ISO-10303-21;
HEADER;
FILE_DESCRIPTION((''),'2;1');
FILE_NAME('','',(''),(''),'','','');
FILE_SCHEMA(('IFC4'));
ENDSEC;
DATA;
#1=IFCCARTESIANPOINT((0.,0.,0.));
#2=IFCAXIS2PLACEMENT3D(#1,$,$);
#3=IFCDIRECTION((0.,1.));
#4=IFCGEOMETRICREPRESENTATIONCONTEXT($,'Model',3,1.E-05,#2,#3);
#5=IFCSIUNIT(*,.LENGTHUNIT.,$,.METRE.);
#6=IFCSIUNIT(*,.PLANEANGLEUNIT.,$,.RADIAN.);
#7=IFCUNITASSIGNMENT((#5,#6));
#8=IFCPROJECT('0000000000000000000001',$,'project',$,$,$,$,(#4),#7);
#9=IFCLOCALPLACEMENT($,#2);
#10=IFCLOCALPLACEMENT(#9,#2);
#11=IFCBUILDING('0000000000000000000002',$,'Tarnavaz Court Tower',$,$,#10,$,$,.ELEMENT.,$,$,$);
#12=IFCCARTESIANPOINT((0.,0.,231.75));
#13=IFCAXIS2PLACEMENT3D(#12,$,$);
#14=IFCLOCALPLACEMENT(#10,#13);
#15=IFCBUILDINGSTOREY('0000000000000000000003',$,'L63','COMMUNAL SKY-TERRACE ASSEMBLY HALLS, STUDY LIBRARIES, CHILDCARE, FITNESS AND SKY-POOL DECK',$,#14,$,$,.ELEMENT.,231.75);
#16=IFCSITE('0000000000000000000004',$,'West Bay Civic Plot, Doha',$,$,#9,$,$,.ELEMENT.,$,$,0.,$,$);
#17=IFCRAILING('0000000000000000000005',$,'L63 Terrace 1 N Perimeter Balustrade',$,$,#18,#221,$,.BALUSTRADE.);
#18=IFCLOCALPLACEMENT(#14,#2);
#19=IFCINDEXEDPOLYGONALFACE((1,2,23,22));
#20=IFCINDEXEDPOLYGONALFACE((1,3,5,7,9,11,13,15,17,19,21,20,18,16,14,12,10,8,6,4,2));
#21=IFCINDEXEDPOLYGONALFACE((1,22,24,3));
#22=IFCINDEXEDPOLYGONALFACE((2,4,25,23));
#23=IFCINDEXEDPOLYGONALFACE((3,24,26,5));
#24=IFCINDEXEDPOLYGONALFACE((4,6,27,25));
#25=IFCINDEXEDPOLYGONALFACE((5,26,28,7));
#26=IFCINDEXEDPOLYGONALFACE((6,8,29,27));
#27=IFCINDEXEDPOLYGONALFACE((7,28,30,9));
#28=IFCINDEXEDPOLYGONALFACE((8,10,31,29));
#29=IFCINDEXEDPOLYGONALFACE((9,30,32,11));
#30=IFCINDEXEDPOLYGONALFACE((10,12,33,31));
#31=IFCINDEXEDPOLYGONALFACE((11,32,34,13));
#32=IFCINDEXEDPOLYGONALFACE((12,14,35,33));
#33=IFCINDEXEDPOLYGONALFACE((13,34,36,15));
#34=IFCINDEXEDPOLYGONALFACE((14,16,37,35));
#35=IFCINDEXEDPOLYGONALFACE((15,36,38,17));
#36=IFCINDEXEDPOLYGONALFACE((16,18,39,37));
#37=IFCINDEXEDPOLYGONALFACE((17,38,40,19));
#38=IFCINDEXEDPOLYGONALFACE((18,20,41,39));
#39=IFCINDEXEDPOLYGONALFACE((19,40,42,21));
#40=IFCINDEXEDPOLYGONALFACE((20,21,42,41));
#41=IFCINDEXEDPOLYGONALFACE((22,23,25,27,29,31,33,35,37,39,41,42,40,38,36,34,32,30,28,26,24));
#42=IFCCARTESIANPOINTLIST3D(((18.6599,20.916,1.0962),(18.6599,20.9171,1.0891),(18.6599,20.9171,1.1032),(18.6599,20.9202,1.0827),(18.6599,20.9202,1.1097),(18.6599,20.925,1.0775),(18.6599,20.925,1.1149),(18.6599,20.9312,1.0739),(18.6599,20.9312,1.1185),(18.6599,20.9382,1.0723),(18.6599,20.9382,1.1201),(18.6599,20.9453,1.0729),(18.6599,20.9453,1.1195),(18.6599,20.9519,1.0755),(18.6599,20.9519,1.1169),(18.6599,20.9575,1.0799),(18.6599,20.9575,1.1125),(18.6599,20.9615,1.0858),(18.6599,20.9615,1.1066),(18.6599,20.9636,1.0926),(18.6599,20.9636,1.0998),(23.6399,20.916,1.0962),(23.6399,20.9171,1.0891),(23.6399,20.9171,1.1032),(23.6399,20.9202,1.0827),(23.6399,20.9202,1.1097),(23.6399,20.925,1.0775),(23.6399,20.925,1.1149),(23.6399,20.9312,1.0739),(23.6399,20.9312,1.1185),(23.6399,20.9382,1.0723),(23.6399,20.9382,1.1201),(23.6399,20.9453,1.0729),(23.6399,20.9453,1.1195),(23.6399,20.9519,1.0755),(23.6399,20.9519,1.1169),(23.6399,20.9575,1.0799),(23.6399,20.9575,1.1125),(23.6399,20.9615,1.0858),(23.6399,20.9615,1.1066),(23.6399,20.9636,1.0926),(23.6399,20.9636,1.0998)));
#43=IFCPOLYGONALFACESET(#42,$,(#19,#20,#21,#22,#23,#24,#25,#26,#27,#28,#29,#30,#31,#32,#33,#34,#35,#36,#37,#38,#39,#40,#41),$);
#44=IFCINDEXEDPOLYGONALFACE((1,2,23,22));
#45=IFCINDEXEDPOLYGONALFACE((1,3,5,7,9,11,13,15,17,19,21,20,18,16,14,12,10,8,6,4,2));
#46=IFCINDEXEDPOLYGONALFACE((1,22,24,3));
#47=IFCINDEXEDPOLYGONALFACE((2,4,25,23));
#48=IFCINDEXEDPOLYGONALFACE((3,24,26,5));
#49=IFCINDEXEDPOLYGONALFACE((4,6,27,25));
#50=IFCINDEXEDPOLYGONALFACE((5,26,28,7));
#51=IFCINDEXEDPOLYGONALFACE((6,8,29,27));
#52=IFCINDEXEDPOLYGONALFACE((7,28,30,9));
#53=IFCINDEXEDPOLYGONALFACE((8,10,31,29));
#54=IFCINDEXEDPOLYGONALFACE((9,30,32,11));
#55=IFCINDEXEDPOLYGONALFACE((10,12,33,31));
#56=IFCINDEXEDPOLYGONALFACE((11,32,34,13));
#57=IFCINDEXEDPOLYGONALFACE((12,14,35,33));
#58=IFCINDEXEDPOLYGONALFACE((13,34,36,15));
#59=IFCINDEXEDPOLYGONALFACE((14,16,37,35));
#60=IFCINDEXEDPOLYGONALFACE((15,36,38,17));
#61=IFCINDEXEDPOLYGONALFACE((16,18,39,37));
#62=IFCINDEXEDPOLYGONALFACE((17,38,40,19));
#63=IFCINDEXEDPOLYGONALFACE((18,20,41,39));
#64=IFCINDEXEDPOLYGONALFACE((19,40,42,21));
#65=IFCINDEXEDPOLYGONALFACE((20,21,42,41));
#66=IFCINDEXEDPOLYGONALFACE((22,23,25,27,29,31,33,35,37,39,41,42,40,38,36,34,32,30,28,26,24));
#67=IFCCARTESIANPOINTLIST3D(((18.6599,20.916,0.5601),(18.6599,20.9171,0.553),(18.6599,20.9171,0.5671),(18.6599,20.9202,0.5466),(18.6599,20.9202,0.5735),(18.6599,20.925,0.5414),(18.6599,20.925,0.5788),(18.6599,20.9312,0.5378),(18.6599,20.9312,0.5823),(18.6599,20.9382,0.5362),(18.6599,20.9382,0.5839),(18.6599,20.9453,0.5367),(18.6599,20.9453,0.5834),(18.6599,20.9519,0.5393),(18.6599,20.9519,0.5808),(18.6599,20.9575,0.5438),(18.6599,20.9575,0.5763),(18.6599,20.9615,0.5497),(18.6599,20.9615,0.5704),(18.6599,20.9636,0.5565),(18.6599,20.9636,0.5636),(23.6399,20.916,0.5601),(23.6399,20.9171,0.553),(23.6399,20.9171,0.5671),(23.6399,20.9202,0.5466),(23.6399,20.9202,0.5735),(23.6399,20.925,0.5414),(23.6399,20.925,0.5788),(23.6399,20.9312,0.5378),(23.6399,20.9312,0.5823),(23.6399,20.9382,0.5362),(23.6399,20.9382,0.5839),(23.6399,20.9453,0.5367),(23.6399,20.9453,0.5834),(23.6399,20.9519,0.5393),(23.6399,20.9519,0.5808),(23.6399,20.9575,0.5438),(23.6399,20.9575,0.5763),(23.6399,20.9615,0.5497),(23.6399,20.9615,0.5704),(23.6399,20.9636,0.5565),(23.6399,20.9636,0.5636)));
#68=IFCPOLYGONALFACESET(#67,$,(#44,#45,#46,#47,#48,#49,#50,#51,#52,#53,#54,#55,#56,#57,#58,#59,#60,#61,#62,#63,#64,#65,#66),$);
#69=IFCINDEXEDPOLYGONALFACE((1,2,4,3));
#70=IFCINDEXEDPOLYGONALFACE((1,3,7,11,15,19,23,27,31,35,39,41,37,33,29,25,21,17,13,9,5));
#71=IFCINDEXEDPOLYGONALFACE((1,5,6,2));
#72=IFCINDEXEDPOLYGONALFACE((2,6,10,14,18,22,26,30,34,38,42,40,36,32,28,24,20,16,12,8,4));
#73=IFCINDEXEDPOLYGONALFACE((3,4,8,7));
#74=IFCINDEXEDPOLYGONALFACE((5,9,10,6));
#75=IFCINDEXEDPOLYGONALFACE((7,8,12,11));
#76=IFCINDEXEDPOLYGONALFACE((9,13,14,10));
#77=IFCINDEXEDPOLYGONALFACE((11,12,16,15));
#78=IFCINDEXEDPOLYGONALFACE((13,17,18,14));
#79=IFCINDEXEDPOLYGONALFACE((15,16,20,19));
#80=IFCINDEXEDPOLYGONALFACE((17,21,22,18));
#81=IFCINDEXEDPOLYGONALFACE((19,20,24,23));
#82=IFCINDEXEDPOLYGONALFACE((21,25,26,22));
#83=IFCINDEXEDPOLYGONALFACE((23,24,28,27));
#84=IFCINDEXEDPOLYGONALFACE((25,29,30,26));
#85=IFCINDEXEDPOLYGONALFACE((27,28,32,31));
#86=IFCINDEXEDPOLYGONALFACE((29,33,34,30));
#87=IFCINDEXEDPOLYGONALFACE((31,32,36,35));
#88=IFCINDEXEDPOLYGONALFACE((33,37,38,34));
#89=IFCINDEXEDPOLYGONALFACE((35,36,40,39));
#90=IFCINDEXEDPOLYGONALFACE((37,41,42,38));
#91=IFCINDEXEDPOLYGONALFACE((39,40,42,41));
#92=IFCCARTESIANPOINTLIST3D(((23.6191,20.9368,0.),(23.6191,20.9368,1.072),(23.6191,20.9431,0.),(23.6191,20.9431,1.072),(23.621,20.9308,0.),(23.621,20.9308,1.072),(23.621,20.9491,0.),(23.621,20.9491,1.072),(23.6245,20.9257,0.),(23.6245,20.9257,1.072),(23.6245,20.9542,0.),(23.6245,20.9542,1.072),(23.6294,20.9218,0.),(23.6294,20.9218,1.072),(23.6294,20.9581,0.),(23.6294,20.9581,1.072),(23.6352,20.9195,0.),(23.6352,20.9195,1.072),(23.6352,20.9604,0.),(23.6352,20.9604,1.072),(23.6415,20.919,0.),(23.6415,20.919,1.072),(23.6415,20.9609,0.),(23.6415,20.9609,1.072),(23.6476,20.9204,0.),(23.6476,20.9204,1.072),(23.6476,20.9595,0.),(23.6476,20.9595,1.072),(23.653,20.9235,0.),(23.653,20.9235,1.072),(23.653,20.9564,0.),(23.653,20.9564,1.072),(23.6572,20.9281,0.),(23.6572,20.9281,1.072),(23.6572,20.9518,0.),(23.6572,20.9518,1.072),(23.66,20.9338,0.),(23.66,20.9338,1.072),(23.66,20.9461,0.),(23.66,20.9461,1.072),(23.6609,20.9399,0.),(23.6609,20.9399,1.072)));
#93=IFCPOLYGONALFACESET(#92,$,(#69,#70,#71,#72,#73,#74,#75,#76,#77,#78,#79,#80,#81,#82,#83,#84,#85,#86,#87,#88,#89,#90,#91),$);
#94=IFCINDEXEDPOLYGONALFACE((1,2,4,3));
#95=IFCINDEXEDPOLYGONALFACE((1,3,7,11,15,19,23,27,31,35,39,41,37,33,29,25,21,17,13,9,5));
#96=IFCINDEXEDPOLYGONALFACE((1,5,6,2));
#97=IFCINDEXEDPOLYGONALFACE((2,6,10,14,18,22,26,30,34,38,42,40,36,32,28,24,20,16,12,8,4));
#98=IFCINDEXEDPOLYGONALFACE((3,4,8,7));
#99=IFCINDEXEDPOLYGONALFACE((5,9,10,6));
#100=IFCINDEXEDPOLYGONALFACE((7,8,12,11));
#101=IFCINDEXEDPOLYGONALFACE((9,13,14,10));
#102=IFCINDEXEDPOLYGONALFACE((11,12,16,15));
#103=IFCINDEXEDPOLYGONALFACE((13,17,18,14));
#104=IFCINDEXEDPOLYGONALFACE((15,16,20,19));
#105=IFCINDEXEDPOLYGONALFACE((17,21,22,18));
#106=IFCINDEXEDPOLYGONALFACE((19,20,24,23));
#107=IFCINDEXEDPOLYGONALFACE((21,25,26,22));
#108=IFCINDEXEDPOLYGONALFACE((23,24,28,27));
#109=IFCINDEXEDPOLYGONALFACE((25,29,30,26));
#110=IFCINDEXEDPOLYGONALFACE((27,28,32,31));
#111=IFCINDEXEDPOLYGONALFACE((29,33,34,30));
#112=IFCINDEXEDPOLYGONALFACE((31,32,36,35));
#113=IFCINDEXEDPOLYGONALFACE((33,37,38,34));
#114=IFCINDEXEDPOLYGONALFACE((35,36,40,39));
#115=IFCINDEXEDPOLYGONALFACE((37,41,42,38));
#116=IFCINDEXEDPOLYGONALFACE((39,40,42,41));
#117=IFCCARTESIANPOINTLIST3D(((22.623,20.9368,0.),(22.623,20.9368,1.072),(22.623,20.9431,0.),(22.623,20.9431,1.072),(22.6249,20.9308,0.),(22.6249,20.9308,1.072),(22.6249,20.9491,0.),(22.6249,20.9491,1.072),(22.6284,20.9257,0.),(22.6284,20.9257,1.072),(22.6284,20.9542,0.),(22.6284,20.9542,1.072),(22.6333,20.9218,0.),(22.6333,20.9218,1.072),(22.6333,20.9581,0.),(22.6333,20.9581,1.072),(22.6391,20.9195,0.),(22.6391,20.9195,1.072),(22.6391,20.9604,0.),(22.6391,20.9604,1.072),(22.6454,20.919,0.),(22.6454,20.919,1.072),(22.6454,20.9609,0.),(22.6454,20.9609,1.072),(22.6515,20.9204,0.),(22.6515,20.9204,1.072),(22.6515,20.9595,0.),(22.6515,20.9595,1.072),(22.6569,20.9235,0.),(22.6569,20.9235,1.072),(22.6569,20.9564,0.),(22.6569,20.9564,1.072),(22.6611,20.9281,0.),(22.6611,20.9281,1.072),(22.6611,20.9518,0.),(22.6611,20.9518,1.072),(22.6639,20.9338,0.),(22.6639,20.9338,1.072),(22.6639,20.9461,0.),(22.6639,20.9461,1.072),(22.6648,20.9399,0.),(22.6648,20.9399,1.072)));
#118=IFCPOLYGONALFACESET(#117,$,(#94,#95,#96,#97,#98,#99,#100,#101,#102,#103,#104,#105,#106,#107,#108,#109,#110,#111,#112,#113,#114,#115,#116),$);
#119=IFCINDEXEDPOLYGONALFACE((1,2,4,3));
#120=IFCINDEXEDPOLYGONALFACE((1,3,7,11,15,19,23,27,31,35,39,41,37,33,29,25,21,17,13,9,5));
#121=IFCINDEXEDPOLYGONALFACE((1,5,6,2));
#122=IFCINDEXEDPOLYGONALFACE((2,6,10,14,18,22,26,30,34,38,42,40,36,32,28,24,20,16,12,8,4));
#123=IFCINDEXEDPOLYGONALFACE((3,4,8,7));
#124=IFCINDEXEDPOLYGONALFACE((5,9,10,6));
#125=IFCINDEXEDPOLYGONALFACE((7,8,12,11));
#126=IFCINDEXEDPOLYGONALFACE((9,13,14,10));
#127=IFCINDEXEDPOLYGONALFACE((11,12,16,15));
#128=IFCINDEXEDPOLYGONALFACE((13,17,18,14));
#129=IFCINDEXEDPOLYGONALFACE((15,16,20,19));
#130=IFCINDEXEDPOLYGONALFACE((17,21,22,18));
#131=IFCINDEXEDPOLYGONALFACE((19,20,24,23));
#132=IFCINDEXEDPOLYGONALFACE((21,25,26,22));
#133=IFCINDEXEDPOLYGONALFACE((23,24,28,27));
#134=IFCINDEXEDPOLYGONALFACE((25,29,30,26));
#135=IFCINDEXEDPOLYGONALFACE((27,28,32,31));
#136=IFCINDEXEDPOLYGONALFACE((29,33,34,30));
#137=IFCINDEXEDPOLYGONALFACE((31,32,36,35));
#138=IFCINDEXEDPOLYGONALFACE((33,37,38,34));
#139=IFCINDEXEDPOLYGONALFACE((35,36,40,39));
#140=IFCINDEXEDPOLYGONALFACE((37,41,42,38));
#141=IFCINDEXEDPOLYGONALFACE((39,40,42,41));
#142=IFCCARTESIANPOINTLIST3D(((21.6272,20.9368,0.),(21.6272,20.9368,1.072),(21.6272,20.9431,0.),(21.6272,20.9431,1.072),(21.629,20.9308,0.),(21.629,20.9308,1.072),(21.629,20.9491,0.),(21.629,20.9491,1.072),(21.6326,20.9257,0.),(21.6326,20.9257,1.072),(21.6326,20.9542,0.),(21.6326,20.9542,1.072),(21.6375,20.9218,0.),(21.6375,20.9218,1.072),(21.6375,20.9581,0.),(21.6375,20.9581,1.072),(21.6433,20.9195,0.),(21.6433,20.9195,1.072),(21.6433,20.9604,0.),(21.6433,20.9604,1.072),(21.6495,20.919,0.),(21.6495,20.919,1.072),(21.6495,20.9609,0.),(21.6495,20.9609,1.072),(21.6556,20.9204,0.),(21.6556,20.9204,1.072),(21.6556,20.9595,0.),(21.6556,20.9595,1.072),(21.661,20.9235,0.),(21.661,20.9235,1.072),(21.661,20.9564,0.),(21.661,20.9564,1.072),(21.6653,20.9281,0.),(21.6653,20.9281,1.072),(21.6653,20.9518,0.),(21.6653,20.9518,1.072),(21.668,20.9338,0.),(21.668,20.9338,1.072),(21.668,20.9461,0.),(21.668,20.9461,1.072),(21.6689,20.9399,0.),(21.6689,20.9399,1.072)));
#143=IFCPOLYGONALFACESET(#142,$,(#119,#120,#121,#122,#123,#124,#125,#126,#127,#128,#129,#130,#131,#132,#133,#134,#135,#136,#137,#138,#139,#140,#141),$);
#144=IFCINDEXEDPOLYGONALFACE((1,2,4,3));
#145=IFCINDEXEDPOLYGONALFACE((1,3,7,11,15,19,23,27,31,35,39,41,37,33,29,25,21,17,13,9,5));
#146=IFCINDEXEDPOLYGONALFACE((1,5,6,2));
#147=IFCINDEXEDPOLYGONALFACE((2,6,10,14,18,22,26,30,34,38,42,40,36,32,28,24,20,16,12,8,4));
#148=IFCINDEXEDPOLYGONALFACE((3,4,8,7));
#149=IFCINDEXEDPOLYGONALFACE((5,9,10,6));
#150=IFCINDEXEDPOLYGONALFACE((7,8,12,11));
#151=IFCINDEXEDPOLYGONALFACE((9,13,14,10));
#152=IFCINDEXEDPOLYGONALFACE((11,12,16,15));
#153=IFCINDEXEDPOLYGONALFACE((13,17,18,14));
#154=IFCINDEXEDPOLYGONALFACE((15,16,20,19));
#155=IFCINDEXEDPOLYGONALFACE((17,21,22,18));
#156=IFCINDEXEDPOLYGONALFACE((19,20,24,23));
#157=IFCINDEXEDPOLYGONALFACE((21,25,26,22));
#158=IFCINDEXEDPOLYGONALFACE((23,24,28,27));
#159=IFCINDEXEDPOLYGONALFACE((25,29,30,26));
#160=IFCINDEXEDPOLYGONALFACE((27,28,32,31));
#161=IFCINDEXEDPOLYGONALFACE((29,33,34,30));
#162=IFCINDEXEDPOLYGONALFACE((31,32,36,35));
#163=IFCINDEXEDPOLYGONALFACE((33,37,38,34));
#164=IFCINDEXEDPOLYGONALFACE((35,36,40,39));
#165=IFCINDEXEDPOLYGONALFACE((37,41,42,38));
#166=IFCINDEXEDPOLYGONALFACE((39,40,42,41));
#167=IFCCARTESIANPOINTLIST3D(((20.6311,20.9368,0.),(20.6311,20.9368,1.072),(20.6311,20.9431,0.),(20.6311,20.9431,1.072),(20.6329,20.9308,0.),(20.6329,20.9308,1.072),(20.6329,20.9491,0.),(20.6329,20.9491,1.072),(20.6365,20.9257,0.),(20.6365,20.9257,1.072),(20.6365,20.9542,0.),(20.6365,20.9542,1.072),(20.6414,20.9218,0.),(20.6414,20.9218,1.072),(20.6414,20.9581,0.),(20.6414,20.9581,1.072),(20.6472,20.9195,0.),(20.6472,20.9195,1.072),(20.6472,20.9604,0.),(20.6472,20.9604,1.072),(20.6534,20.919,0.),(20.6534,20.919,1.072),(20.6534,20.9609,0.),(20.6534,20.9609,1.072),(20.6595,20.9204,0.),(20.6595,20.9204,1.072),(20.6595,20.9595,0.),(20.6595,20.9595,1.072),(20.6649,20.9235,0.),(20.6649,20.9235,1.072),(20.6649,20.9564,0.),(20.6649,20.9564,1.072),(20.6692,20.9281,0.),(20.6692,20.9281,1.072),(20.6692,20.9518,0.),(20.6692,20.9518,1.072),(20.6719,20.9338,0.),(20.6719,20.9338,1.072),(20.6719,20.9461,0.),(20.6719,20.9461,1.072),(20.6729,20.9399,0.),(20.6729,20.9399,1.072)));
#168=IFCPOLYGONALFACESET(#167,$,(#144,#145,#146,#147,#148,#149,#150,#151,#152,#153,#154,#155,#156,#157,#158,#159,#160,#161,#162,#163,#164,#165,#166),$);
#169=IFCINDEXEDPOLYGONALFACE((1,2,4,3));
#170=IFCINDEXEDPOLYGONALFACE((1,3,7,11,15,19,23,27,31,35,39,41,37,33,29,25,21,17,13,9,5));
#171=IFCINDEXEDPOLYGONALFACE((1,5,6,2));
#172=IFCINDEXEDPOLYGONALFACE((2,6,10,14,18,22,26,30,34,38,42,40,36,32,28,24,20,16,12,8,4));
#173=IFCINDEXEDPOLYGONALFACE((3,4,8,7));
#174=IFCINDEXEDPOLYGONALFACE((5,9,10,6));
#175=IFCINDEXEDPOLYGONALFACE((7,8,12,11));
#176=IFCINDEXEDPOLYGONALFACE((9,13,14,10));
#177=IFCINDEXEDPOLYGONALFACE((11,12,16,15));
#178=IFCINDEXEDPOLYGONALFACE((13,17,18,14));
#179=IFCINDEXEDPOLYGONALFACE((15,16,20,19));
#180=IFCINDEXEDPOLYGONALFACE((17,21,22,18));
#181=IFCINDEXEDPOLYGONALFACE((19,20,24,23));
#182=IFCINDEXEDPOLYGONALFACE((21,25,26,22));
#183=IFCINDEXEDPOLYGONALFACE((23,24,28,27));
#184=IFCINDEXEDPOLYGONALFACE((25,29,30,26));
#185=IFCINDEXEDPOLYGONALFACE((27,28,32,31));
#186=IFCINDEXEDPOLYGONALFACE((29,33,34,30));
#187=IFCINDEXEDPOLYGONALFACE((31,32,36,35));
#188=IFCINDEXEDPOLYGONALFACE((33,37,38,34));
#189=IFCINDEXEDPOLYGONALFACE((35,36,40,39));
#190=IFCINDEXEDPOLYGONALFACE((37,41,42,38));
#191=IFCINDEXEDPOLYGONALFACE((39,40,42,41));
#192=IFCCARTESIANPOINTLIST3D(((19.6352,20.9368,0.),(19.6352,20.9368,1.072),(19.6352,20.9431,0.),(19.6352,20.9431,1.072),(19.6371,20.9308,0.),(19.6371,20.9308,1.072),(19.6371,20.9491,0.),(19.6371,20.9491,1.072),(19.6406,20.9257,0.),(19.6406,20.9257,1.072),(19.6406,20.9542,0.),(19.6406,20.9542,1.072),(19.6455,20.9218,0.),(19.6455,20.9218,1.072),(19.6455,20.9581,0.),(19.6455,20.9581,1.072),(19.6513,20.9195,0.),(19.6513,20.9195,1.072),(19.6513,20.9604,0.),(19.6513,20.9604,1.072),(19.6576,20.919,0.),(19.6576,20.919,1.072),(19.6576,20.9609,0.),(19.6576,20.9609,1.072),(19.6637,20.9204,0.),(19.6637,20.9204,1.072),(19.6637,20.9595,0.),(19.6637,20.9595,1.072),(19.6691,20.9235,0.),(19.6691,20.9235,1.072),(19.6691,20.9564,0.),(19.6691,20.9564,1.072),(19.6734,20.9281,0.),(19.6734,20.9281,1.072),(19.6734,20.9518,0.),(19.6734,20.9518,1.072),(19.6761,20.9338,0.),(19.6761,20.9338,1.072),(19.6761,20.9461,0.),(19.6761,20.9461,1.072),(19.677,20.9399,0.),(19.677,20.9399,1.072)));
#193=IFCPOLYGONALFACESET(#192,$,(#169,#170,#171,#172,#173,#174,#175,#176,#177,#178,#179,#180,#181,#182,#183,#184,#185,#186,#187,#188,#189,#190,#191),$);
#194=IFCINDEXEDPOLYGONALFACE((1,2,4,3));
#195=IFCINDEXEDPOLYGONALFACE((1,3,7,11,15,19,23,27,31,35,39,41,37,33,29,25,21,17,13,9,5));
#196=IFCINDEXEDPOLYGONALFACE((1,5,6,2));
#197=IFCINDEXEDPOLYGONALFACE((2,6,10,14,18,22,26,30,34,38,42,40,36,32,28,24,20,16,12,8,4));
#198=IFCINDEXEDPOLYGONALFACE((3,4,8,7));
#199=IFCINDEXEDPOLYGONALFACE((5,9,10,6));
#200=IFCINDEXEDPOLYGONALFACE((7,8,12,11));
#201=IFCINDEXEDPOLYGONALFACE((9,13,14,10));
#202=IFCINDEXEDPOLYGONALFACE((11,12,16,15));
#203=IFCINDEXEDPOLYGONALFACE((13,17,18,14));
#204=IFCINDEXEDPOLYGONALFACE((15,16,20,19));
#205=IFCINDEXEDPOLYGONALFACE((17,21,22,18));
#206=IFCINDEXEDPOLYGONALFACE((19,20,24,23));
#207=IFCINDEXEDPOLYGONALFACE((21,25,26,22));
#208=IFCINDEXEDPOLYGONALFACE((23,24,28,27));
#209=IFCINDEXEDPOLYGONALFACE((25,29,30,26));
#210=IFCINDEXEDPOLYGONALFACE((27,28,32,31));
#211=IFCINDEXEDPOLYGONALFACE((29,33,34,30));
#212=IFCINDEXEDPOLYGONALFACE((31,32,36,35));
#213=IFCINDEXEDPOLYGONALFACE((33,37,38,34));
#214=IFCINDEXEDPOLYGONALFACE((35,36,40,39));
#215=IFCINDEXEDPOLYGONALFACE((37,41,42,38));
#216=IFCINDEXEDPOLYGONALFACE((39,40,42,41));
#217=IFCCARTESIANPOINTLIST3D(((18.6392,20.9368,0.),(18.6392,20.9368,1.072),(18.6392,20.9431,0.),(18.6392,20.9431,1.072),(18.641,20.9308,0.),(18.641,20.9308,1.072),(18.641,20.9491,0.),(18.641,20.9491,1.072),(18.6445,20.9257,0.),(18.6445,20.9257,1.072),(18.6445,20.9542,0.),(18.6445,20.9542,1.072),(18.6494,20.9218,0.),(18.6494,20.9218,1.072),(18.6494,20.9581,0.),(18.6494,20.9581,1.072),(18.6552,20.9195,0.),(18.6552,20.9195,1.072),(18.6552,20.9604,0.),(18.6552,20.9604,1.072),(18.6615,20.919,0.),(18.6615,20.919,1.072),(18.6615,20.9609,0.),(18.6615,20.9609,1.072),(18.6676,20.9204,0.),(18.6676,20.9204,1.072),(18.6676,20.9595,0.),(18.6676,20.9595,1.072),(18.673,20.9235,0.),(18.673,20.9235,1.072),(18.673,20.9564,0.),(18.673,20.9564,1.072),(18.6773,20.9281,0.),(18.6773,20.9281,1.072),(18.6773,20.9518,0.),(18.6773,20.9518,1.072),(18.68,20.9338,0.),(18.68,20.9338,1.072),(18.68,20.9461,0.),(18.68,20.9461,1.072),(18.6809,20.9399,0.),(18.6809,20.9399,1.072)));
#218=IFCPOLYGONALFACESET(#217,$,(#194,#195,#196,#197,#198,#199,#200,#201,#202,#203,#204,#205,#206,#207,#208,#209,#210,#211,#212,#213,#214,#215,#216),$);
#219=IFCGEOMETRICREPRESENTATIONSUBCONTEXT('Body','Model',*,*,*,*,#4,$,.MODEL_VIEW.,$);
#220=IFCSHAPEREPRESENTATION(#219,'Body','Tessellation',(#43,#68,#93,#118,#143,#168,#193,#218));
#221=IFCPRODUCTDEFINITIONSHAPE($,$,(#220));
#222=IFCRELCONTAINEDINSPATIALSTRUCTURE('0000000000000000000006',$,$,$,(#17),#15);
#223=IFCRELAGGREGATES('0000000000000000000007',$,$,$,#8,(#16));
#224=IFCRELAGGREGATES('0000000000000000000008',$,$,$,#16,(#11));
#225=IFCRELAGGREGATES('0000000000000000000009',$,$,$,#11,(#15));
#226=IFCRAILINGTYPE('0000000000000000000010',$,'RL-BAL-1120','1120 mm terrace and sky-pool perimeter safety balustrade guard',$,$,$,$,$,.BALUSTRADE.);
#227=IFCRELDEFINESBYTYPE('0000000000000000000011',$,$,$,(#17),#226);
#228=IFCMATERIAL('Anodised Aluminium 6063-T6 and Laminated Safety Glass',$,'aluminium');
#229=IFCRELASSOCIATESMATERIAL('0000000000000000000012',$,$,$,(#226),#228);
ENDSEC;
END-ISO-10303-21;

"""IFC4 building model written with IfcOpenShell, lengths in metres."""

from ifc_helpers import new_model, si_unit, direction, frame, origin, origin_2d, place, context, subcontext, project, spatial, circle, extrude, material, type_object, element, save


model = new_model("IFC4")

# Units and contexts
model_context = context("Model", 3, precision=1e-05, world=origin(), true_north=direction((0.0, 1.0)))
body_context = subcontext(model_context, "Body", "Model", "MODEL_VIEW")
ifc_project = project(units=[si_unit("LENGTHUNIT", "METRE"), si_unit("PLANEANGLEUNIT", "RADIAN")], contexts=[model_context])

# Site, building, storey
site_placement = place(None, origin())
site = spatial("IfcSite", under=ifc_project, at=site_placement, Name="West Bay Civic Plot, Doha", CompositionType="ELEMENT", RefElevation=0.0)
building_placement = place(site_placement, origin())
building = spatial("IfcBuilding", under=site, at=building_placement, Name="Tarnavaz Court Tower", CompositionType="ELEMENT")
storey_placement = place(building_placement, frame((0.0, 0.0, 231.75)))
storey = spatial("IfcBuildingStorey", under=building, at=storey_placement, Name="L63", Description="COMMUNAL SKY-TERRACE ASSEMBLY HALLS, STUDY LIBRARIES, CHILDCARE, FITNESS AND SKY-POOL DECK", CompositionType="ELEMENT", Elevation=231.75)

# Railing
ifc_material_1 = material(Name="Anodised Aluminium 6063-T6 and Laminated Safety Glass", Category="aluminium")
railing_type = type_object("IfcRailingType", Name="RL-BAL-1120", Description="1120 mm terrace and sky-pool perimeter safety balustrade guard", PredefinedType="BALUSTRADE", material=ifc_material_1)
railing_1_placement = place(storey_placement, frame((23.6399, 20.9399, 0.0)))
element("IfcRailing", 1, at=railing_1_placement, inside=storey, type_object=railing_type, Name="L63 Terrace 1 N Perimeter Balustrade", PredefinedType="BALUSTRADE", context=body_context, shape_type="SweptSolid", body=[
    extrude(circle(Radius=0.0239, at=origin_2d()), frame((0.0, 0.0, 1.0962), z_axis=(-1.0, 0.0, 0.0), x_axis=(0.0, -1.0, 0.0)), (0.0, 0.0, 1.0), 4.98),
    extrude(circle(Radius=0.0239, at=origin_2d()), frame((0.0, 0.0, 0.5601), z_axis=(-1.0, 0.0, 0.0), x_axis=(0.0, -1.0, 0.0)), (0.0, 0.0, 1.0), 4.98),
    extrude(circle(Radius=0.021, at=origin_2d()), origin(), (0.0, 0.0, 1.0), 1.072),
    extrude(circle(Radius=0.021, at=origin_2d()), frame((-0.9961, 0.0, 0.0)), (0.0, 0.0, 1.0), 1.072),
    extrude(circle(Radius=0.021, at=origin_2d()), frame((-1.9919, 0.0, 0.0)), (0.0, 0.0, 1.0), 1.072),
    extrude(circle(Radius=0.021, at=origin_2d()), frame((-2.988, 0.0, 0.0)), (0.0, 0.0, 1.0), 1.072),
    extrude(circle(Radius=0.021, at=origin_2d()), frame((-3.9839, 0.0, 0.0)), (0.0, 0.0, 1.0), 1.072),
    extrude(circle(Radius=0.021, at=origin_2d()), frame((-4.98, 0.0, 0.0)), (0.0, 0.0, 1.0), 1.072),
])

save(model, "model.ifc")
